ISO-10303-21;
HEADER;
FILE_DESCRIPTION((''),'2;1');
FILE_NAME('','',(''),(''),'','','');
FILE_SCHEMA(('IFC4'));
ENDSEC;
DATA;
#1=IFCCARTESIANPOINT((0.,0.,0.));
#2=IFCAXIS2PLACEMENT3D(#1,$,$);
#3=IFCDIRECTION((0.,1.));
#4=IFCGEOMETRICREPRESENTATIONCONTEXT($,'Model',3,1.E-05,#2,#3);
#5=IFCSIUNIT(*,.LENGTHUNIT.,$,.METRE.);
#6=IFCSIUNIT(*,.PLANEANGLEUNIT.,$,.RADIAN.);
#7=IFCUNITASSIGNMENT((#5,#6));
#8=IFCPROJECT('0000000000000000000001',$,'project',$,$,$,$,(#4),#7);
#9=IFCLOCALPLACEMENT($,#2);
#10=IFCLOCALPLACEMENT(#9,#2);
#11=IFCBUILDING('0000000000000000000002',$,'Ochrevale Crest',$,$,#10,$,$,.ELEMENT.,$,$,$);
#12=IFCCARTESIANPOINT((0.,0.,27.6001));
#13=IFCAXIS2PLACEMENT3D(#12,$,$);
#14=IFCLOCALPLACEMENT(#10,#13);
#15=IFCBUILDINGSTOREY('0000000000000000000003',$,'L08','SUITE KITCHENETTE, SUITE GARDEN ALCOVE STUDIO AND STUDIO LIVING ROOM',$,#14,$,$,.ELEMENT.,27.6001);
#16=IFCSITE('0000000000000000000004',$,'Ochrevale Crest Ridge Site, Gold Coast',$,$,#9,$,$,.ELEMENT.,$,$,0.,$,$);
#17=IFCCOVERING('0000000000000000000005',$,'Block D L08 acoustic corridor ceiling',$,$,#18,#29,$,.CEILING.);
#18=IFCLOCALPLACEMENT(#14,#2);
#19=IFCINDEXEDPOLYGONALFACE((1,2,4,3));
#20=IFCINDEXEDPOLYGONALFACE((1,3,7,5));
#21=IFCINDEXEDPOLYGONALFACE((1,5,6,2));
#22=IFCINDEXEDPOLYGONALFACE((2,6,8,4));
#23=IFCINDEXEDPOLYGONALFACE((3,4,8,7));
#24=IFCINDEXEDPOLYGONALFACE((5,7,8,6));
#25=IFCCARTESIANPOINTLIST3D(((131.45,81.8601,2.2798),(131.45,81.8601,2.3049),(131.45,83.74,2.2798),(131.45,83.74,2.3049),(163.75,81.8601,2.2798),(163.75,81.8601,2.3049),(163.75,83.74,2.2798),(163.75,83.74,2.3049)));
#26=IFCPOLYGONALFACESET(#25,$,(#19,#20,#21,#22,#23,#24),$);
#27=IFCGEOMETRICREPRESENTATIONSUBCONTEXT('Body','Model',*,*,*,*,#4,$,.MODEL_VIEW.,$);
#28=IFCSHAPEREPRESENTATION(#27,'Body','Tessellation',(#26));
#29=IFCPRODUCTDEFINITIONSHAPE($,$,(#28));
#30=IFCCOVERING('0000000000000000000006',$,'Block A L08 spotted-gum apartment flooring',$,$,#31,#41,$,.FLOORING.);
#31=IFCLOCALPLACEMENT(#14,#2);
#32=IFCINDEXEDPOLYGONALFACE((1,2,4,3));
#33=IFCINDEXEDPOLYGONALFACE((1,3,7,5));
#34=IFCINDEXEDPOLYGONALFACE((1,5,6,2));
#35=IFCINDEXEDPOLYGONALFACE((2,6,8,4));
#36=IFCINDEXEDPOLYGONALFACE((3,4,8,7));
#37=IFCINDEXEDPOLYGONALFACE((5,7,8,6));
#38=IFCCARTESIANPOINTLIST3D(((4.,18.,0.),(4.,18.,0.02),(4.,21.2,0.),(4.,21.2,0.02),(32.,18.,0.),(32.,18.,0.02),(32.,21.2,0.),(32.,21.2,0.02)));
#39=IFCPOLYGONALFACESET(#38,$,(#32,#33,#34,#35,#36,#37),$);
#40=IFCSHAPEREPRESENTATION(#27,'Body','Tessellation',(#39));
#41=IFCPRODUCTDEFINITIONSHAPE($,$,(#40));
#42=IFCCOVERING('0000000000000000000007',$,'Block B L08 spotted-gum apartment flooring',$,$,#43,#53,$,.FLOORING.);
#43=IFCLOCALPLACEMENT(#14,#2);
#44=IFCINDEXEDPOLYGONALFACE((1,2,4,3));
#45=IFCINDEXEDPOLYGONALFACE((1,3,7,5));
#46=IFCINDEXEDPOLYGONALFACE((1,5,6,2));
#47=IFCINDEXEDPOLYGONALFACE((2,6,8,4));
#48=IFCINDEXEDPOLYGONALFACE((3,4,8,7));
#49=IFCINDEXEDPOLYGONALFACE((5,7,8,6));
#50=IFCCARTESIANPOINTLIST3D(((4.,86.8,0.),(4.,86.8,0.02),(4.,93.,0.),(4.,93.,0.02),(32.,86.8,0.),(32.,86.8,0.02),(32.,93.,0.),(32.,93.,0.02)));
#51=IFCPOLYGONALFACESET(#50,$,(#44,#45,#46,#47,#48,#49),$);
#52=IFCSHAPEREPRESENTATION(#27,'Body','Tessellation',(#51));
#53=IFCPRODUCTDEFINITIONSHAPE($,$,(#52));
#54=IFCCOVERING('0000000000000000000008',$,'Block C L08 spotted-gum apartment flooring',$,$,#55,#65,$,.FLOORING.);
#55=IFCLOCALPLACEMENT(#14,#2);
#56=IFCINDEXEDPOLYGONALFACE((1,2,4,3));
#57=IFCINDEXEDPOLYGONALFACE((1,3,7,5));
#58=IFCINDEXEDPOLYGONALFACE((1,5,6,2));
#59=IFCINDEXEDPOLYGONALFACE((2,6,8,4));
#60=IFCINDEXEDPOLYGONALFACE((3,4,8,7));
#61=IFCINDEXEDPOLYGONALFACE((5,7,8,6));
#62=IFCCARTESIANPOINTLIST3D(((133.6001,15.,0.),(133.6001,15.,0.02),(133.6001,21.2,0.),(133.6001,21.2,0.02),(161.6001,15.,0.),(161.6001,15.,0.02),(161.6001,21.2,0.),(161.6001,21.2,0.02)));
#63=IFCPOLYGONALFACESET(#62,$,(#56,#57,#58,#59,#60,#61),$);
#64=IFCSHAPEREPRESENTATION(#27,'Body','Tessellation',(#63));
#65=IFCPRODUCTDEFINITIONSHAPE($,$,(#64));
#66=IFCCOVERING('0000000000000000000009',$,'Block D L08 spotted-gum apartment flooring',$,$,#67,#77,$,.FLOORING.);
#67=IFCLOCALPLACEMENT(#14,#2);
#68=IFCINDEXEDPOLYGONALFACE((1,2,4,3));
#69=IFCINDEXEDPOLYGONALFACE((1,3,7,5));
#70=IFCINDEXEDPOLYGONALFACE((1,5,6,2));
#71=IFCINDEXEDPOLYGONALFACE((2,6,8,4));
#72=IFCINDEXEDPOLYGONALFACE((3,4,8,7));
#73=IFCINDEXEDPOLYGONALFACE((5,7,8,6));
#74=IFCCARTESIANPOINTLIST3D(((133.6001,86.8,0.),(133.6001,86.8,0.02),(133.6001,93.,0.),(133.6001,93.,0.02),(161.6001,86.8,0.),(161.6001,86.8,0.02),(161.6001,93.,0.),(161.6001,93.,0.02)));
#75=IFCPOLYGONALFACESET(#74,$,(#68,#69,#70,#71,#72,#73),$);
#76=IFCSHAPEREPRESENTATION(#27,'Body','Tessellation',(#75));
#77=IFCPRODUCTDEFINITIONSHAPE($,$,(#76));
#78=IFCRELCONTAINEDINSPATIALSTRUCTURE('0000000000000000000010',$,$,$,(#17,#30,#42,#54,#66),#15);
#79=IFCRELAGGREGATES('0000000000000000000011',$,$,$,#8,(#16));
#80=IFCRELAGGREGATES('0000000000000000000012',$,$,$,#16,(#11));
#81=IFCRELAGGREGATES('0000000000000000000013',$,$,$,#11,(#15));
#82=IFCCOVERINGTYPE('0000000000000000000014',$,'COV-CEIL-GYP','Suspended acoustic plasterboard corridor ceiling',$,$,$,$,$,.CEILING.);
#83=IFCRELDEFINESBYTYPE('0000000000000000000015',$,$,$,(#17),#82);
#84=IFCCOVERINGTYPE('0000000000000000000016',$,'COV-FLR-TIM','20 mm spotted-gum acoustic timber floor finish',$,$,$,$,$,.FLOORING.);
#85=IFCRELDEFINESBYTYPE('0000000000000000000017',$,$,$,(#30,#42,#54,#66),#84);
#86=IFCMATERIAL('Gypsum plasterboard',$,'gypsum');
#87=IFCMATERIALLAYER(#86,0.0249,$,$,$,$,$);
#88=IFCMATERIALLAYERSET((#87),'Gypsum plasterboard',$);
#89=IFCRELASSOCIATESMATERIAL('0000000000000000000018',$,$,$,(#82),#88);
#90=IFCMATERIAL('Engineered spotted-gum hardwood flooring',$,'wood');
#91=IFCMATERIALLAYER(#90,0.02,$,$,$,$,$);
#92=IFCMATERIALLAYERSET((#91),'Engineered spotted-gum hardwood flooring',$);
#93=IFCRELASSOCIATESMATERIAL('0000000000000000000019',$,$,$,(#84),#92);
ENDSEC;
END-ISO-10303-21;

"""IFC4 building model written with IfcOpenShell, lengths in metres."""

from ifc_helpers import new_model, si_unit, direction, frame, origin, place, context, subcontext, project, spatial, polyline, outline, extrude, material, layer, layer_set, type_object, element, save


model = new_model("IFC4")

# Units and contexts
model_context = context("Model", 3, precision=1e-05, world=origin(), true_north=direction((0.0, 1.0)))
body_context = subcontext(model_context, "Body", "Model", "MODEL_VIEW")
ifc_project = project(units=[si_unit("LENGTHUNIT", "METRE"), si_unit("PLANEANGLEUNIT", "RADIAN")], contexts=[model_context])

# Site, building, storey
site_placement = place(None, origin())
site = spatial("IfcSite", under=ifc_project, at=site_placement, Name="Ochrevale Crest Ridge Site, Gold Coast", CompositionType="ELEMENT", RefElevation=0.0)
building_placement = place(site_placement, origin())
building = spatial("IfcBuilding", under=site, at=building_placement, Name="Ochrevale Crest", CompositionType="ELEMENT")
storey_placement = place(building_placement, frame((0.0, 0.0, 27.6001)))
storey = spatial("IfcBuildingStorey", under=building, at=storey_placement, Name="L08", Description="SUITE KITCHENETTE, SUITE GARDEN ALCOVE STUDIO AND STUDIO LIVING ROOM", CompositionType="ELEMENT", Elevation=27.6001)

# Shared definitions
ifc_material_1 = material(Name="Gypsum plasterboard", Category="gypsum")

# Coverings
ifc_layer_1 = layer(ifc_material_1, 0.0249)
ifc_layer_set_1 = layer_set([ifc_layer_1], Name="Gypsum plasterboard")
covering_type_1 = type_object("IfcCoveringType", Name="COV-CEIL-GYP", Description="Suspended acoustic plasterboard corridor ceiling", PredefinedType="CEILING", material=ifc_layer_set_1)
covering_1_placement = place(storey_placement, frame((0.0, 0.0, 2.2798)))
element("IfcCovering", 1, at=covering_1_placement, inside=storey, type_object=covering_type_1, Name="Block D L08 acoustic corridor ceiling", PredefinedType="CEILING", context=body_context, shape_type="SweptSolid", body=[
    extrude(outline(polyline([(131.45, 81.8601), (163.75, 81.8601), (163.75, 83.74), (131.45, 83.74), (131.45, 81.8601)])), origin(), (0.0, 0.0, 1.0), 0.0251),
])
ifc_material_2 = material(Name="Engineered spotted-gum hardwood flooring", Category="wood")
ifc_layer_2 = layer(ifc_material_2, 0.02)
ifc_layer_set_2 = layer_set([ifc_layer_2], Name="Engineered spotted-gum hardwood flooring")
covering_type_2 = type_object("IfcCoveringType", Name="COV-FLR-TIM", Description="20 mm spotted-gum acoustic timber floor finish", PredefinedType="FLOORING", material=ifc_layer_set_2)
covering_2_placement = place(storey_placement, origin())
element("IfcCovering", 2, at=covering_2_placement, inside=storey, type_object=covering_type_2, Name="Block A L08 spotted-gum apartment flooring", PredefinedType="FLOORING", context=body_context, shape_type="SweptSolid", body=[
    extrude(outline(polyline([(4.0, 18.0), (32.0, 18.0), (32.0, 21.2), (4.0, 21.2), (4.0, 18.0)])), origin(), (0.0, 0.0, 1.0), 0.02),
])
covering_3_placement = place(storey_placement, origin())
element("IfcCovering", 3, at=covering_3_placement, inside=storey, type_object=covering_type_2, Name="Block B L08 spotted-gum apartment flooring", PredefinedType="FLOORING", context=body_context, shape_type="SweptSolid", body=[
    extrude(outline(polyline([(4.0, 86.8), (32.0, 86.8), (32.0, 93.0), (4.0, 93.0), (4.0, 86.8)])), origin(), (0.0, 0.0, 1.0), 0.02),
])
covering_4_placement = place(storey_placement, origin())
element("IfcCovering", 4, at=covering_4_placement, inside=storey, type_object=covering_type_2, Name="Block C L08 spotted-gum apartment flooring", PredefinedType="FLOORING", context=body_context, shape_type="SweptSolid", body=[
    extrude(outline(polyline([(133.6001, 15.0), (161.6001, 15.0), (161.6001, 21.2), (133.6001, 21.2), (133.6001, 15.0)])), origin(), (0.0, 0.0, 1.0), 0.02),
])
covering_5_placement = place(storey_placement, origin())
element("IfcCovering", 5, at=covering_5_placement, inside=storey, type_object=covering_type_2, Name="Block D L08 spotted-gum apartment flooring", PredefinedType="FLOORING", context=body_context, shape_type="SweptSolid", body=[
    extrude(outline(polyline([(133.6001, 86.8), (161.6001, 86.8), (161.6001, 93.0), (133.6001, 93.0), (133.6001, 86.8)])), origin(), (0.0, 0.0, 1.0), 0.02),
])

save(model, "model.ifc")
